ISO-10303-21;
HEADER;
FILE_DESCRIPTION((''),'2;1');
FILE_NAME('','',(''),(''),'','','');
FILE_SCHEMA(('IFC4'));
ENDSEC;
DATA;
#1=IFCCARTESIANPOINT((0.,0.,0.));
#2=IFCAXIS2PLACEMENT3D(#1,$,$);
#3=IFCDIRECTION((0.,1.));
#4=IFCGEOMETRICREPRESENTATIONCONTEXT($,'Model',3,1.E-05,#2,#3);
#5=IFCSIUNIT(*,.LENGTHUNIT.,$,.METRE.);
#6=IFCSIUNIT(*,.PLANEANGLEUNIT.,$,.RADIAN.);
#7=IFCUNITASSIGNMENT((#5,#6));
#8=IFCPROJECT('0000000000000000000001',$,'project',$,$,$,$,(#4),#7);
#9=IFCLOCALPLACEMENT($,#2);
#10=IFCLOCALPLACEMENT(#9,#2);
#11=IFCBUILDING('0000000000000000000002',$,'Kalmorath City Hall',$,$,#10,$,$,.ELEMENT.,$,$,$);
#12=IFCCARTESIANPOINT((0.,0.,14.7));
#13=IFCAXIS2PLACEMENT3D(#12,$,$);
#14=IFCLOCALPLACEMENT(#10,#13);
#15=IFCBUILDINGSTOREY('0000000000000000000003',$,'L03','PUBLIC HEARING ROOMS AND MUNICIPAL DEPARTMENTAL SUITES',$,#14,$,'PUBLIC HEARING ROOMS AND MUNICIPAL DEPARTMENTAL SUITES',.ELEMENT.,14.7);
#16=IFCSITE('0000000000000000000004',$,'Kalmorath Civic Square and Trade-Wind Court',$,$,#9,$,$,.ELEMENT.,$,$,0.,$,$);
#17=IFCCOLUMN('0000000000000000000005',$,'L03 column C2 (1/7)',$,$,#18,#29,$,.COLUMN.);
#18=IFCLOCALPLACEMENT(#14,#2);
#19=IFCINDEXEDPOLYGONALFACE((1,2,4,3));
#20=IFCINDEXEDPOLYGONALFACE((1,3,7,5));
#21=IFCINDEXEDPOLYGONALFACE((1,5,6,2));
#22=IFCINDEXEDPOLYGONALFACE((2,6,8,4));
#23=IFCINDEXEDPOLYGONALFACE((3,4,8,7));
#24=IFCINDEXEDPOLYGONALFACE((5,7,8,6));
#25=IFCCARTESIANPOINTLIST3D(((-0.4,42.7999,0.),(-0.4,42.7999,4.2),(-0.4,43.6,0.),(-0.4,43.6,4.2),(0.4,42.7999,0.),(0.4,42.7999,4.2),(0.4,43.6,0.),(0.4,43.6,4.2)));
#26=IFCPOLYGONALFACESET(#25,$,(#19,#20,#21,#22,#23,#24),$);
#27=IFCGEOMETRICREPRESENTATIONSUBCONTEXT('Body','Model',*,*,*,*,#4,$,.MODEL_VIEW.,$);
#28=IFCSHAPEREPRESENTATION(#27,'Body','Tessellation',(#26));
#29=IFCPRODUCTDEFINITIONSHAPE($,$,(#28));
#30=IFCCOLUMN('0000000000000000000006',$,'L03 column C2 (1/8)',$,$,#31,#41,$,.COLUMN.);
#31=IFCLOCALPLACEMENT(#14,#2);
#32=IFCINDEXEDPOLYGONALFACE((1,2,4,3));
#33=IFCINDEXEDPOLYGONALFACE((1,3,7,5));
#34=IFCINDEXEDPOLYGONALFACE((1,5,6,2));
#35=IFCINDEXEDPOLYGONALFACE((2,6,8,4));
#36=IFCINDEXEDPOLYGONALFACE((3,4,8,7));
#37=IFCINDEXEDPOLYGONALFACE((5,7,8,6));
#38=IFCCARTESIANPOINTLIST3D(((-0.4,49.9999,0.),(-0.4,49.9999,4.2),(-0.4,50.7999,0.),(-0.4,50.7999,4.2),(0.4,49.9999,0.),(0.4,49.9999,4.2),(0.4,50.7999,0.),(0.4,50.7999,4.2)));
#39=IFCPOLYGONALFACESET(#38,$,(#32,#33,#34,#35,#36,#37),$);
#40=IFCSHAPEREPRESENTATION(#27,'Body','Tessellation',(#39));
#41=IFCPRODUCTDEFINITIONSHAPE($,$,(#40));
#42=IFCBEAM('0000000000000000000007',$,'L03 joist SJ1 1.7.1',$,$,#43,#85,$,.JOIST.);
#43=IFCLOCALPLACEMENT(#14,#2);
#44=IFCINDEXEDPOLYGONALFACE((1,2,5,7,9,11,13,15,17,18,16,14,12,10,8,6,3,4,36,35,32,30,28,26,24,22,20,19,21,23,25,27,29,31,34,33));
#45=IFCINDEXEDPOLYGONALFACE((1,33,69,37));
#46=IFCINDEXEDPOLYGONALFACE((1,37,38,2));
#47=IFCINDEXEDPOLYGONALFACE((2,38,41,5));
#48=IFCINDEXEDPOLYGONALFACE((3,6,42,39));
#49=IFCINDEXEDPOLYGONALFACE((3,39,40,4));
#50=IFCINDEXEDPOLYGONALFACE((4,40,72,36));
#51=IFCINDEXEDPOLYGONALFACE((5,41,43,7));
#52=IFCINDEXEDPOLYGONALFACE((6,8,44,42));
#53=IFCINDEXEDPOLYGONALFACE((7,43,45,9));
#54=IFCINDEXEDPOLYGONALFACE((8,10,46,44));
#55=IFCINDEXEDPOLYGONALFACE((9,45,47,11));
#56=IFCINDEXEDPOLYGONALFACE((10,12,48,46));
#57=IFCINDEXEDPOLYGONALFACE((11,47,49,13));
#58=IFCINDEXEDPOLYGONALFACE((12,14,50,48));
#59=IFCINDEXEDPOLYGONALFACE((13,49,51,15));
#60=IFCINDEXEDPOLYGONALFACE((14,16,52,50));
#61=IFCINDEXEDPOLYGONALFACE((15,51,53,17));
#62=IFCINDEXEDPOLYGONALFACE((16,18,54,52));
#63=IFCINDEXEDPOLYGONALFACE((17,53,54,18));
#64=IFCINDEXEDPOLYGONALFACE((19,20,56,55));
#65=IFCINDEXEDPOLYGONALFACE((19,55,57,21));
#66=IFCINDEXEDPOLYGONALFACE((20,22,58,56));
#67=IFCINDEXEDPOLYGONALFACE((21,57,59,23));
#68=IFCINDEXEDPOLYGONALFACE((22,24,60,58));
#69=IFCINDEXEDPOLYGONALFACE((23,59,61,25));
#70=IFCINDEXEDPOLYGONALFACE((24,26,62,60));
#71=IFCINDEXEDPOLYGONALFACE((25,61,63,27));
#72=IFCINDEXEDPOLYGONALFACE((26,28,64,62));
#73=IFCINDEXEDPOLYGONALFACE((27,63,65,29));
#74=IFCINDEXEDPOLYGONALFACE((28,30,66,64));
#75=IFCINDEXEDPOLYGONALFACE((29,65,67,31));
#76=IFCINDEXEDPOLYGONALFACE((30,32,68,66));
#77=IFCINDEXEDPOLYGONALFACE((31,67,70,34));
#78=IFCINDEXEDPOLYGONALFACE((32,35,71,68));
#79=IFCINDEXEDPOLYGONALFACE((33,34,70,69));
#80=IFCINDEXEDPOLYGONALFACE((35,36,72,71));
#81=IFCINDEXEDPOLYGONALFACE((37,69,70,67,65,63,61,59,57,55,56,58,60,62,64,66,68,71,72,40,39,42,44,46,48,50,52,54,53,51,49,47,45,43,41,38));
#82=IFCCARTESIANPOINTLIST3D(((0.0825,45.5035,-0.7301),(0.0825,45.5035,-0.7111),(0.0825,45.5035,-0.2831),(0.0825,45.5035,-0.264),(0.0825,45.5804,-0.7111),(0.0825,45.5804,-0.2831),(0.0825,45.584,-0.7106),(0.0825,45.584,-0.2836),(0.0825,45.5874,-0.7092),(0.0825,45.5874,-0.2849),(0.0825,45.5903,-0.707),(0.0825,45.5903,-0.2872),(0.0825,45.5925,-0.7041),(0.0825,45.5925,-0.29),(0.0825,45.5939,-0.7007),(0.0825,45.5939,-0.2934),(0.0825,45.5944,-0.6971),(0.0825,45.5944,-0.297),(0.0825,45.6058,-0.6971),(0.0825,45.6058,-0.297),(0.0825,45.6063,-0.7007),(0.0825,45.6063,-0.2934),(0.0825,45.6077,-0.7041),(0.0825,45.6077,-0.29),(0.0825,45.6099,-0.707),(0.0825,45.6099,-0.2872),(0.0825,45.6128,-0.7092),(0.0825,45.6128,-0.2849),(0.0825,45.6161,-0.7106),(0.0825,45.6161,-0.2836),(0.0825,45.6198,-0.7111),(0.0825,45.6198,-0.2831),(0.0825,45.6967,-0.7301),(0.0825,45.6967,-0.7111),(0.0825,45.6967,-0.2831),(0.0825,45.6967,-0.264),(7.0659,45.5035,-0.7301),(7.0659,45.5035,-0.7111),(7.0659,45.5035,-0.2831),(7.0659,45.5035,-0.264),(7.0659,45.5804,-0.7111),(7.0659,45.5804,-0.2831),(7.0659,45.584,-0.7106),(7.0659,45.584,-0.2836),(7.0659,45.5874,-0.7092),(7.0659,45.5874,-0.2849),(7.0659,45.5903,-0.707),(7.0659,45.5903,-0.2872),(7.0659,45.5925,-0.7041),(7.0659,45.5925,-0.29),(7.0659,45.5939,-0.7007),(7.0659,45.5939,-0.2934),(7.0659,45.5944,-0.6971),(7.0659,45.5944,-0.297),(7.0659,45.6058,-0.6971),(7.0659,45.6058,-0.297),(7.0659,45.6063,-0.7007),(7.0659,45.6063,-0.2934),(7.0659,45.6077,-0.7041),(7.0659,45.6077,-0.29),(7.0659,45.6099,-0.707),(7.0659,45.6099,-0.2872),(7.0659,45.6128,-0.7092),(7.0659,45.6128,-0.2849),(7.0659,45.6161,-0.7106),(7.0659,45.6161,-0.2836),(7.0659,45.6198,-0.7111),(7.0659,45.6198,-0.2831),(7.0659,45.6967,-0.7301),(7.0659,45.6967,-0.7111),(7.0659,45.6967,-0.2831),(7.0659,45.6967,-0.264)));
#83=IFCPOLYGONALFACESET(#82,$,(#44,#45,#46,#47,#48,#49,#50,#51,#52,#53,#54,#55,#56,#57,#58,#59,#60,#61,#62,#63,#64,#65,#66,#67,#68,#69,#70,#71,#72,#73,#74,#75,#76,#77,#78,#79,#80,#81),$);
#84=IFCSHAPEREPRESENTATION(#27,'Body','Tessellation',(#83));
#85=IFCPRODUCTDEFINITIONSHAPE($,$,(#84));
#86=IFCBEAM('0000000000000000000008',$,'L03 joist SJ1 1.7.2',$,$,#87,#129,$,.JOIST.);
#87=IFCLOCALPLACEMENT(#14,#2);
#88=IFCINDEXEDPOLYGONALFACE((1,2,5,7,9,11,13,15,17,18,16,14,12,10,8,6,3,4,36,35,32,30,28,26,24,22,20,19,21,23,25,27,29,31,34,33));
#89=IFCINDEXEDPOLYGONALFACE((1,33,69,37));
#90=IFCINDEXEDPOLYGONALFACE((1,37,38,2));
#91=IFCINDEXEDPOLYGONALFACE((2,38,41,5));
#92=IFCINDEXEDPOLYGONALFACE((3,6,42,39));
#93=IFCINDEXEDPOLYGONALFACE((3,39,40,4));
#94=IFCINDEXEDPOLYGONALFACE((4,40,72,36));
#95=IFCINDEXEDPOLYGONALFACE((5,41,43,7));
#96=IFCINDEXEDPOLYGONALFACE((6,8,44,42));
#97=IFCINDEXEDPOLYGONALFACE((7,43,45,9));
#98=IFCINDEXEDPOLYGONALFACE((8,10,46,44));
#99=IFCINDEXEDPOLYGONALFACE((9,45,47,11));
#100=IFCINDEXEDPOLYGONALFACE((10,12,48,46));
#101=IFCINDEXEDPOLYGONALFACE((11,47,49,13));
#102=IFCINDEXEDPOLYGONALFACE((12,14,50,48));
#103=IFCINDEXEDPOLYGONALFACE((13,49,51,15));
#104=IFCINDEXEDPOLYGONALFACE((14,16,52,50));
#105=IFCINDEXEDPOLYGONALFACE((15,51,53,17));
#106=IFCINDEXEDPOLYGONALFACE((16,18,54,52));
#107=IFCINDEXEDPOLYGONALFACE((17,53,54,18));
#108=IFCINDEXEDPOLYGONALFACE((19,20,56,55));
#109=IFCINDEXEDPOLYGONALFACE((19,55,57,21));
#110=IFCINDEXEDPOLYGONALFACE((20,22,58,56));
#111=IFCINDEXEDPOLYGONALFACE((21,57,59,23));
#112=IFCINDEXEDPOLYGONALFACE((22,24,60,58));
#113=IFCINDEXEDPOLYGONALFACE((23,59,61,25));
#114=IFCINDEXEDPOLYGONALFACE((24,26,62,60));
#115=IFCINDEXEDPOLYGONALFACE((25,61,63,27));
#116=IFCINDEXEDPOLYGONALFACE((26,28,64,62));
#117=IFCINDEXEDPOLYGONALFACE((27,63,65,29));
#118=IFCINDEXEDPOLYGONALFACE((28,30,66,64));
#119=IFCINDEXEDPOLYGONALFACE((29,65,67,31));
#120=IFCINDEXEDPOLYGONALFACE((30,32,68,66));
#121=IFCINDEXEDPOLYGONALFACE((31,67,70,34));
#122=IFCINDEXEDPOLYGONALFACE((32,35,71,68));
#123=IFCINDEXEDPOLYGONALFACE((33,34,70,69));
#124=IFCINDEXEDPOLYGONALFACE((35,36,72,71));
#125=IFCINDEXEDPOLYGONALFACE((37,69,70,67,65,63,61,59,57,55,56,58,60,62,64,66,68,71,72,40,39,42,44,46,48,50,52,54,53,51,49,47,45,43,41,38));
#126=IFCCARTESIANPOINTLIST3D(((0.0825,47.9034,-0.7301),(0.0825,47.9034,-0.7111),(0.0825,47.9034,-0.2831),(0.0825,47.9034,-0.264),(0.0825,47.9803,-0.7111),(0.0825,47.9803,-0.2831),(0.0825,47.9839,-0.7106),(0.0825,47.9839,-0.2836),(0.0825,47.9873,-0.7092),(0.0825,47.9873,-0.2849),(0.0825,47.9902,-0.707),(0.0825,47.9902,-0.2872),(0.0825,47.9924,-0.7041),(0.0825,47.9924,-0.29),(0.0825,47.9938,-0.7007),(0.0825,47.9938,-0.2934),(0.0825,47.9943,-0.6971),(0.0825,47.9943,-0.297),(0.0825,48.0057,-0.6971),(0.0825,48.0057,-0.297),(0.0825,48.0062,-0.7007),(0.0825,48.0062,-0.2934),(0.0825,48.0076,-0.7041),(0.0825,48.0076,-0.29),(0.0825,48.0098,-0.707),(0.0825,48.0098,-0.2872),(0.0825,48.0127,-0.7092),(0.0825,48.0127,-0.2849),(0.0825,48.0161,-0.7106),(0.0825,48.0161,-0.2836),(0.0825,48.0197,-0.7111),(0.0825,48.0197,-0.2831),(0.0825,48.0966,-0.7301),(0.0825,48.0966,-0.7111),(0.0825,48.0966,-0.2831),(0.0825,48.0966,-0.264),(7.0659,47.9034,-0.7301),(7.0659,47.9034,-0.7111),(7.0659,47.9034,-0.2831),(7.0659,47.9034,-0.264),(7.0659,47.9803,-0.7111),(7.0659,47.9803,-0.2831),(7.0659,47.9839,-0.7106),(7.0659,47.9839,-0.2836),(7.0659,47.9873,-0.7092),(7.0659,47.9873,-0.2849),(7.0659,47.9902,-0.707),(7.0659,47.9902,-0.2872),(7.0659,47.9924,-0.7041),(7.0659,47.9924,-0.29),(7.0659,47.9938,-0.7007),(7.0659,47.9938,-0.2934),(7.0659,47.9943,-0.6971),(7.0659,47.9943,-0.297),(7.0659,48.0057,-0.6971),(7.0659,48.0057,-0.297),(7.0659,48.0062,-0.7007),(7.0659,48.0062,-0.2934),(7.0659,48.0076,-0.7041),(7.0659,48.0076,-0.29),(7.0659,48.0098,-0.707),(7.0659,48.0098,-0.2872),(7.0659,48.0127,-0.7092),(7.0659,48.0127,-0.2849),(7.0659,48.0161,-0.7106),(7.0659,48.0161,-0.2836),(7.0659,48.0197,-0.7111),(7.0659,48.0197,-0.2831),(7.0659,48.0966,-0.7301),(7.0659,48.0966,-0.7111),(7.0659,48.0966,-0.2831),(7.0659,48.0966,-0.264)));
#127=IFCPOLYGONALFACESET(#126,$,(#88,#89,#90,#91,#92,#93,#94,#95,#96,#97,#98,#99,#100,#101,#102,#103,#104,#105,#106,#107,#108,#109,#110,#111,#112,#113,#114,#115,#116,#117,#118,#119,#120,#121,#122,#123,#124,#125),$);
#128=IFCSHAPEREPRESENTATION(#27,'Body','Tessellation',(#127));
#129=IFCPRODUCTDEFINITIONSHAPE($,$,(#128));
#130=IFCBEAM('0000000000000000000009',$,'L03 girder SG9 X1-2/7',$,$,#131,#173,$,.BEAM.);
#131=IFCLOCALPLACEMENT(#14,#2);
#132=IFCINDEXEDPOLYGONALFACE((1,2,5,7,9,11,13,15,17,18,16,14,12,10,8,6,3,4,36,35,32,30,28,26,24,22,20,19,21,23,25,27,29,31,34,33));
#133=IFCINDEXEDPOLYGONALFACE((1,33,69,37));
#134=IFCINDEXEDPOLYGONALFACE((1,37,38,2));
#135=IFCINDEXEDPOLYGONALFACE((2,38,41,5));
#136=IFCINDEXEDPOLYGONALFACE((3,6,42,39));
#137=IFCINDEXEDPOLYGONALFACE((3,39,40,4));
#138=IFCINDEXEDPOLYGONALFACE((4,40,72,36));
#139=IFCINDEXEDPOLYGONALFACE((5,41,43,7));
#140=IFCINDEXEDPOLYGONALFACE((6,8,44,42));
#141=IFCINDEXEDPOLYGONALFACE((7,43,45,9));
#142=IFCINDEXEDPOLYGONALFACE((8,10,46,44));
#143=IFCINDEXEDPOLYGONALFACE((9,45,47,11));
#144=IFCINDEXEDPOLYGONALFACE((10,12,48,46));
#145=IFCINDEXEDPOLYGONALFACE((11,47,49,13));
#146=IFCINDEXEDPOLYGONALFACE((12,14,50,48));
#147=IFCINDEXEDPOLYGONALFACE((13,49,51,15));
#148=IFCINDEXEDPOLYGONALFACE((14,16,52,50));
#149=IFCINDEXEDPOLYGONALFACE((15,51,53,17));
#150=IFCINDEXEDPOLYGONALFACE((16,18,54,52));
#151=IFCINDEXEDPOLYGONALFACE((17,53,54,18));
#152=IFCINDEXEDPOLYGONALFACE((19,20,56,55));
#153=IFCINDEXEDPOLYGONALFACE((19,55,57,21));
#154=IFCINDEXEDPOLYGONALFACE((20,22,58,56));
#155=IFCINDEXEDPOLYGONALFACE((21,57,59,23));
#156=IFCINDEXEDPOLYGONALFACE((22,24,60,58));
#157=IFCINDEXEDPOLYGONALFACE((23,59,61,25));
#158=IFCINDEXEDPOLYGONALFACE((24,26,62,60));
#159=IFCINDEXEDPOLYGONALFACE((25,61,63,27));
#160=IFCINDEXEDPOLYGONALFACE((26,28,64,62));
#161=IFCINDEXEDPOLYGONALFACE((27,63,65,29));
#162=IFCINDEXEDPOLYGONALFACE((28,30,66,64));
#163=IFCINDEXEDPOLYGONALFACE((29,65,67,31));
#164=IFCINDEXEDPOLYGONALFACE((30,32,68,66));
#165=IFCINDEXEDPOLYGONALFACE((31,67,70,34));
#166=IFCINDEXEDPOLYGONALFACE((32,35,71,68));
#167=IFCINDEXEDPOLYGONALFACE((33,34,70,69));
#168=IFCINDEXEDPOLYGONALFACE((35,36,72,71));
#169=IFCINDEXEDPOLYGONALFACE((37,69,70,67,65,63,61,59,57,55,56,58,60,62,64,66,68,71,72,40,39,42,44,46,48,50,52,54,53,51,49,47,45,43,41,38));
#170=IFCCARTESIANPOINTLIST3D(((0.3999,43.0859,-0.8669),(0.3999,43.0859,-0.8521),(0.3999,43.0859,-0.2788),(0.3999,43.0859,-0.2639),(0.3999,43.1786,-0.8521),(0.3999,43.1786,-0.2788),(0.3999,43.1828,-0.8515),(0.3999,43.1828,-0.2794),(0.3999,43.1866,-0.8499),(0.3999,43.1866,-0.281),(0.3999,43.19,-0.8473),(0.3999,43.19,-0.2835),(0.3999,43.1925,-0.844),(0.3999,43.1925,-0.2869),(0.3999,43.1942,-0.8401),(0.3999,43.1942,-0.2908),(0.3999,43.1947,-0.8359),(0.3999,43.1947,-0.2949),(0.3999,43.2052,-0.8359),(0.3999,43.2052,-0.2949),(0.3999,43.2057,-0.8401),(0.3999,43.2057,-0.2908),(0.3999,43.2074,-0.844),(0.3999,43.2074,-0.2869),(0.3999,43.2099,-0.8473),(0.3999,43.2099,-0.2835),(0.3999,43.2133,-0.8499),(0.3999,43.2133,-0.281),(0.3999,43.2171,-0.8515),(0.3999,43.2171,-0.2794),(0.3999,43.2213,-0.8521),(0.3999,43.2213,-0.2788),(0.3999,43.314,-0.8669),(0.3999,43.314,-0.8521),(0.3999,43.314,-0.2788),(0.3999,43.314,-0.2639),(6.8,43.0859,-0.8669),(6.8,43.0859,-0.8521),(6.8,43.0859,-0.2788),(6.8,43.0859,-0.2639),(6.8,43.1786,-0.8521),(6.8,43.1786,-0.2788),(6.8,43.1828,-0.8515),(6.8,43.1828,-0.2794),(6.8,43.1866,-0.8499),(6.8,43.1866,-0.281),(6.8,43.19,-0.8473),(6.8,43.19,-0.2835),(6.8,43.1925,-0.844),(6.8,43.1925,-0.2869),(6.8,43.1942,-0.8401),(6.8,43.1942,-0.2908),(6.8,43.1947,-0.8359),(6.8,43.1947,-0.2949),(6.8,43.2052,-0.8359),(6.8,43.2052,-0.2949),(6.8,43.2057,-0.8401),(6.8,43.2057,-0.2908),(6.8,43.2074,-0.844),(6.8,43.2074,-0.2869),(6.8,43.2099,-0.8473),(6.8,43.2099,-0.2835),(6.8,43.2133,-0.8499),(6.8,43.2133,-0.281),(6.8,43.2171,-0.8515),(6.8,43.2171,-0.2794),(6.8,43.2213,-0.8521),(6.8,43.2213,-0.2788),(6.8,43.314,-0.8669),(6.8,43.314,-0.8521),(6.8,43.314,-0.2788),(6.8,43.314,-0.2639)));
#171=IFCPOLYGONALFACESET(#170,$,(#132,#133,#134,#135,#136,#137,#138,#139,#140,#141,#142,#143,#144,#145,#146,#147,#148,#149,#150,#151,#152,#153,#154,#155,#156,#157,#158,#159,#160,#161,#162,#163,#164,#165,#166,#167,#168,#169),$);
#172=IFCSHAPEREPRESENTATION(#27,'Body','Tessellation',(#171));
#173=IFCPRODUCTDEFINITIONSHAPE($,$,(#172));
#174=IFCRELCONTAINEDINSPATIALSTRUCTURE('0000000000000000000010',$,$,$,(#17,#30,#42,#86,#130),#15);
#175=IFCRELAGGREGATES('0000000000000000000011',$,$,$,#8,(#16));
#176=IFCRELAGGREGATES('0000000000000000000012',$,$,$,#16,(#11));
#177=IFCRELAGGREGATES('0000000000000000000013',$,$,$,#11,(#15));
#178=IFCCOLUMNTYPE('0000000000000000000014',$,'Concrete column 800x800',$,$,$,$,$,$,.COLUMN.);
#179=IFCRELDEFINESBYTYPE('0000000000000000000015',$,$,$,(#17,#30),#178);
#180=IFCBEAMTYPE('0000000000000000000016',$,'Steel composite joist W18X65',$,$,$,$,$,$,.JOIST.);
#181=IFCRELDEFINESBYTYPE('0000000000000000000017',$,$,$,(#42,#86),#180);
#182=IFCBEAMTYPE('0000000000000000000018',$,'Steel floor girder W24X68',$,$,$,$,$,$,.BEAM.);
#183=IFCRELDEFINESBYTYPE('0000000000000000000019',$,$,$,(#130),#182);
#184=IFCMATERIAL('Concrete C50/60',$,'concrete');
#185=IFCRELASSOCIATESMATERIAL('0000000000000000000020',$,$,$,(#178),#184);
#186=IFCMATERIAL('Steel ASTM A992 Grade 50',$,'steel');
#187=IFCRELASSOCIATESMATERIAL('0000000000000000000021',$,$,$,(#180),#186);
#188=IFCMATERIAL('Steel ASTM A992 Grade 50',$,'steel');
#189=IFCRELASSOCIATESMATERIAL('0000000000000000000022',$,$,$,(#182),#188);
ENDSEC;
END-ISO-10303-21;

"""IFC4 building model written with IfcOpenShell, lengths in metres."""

from ifc_helpers import new_model, si_unit, direction, frame, origin, origin_2d, place, context, subcontext, project, spatial, rectangle, i_section, extrude, material, material_profile, profile_set, type_object, element, save


model = new_model("IFC4")

# Units and contexts
model_context = context("Model", 3, precision=1e-05, world=origin(), true_north=direction((0.0, 1.0)))
body_context = subcontext(model_context, "Body", "Model", "MODEL_VIEW")
ifc_project = project(units=[si_unit("LENGTHUNIT", "METRE"), si_unit("PLANEANGLEUNIT", "RADIAN")], contexts=[model_context])

# Site, building, storey
site_placement = place(None, origin())
site = spatial("IfcSite", under=ifc_project, at=site_placement, Name="Kalmorath Civic Square and Trade-Wind Court", CompositionType="ELEMENT", RefElevation=0.0)
building_placement = place(site_placement, origin())
building = spatial("IfcBuilding", under=site, at=building_placement, Name="Kalmorath City Hall", CompositionType="ELEMENT")
storey_placement = place(building_placement, frame((0.0, 0.0, 14.7)))
storey = spatial("IfcBuildingStorey", under=building, at=storey_placement, Name="L03", Description="PUBLIC HEARING ROOMS AND MUNICIPAL DEPARTMENTAL SUITES", LongName="PUBLIC HEARING ROOMS AND MUNICIPAL DEPARTMENTAL SUITES", CompositionType="ELEMENT", Elevation=14.7)

# Columns
ifc_material_1 = material(Name="Concrete C50/60", Category="concrete")
ifc_material_profile_1 = material_profile(ifc_material_1, rectangle(XDim=0.8, YDim=0.8, at=origin_2d()), Name="RC-COL-800X800")
ifc_profile_set_1 = profile_set([ifc_material_profile_1], Name="Concrete C50/60")
column_type = type_object("IfcColumnType", Name="Concrete column 800x800", PredefinedType="COLUMN", material=ifc_profile_set_1)
for number, where, z_axis, x_axis, name in (
    (1, (0.0, 43.2, 0.0), (0.0, 0.0, 1.0), (1.0, 0.0, 0.0), "L03 column C2 (1/7)"),
    (2, (0.0, 50.3999, 0.0), (0.0, 0.0, 1.0), (1.0, 0.0, 0.0), "L03 column C2 (1/8)"),
):
    element("IfcColumn", number, at=place(storey_placement, frame(where, z_axis=z_axis, x_axis=x_axis)), inside=storey, type_object=column_type, Name=name, PredefinedType="COLUMN", context=body_context, shape_type="SweptSolid", body=[
        extrude(rectangle(XDim=0.8, YDim=0.8, at=origin_2d()), origin(), (0.0, 0.0, 1.0), 4.2),
    ])

# Beams
ifc_material_2 = material(Name="Steel ASTM A992 Grade 50", Category="steel")
ifc_material_profile_2 = material_profile(ifc_material_2, i_section(OverallWidth=0.1931, OverallDepth=0.4661, WebThickness=0.0115, FlangeThickness=0.019, FilletRadius=0.0139, at=origin_2d()), Name="W18X65")
ifc_profile_set_2 = profile_set([ifc_material_profile_2], Name="Steel ASTM A992 Grade 50")
beam_type_1 = type_object("IfcBeamType", Name="Steel composite joist W18X65", PredefinedType="JOIST", material=ifc_profile_set_2)
for number, where, z_axis, x_axis, name in (
    (3, (0.0825, 45.6001, -0.4971), (1.0, 0.0, 0.0), (0.0, 1.0, 0.0), "L03 joist SJ1 1.7.1"),
    (4, (0.0825, 48.0, -0.4971), (1.0, 0.0, 0.0), (0.0, 1.0, 0.0), "L03 joist SJ1 1.7.2"),
):
    element("IfcBeam", number, at=place(storey_placement, frame(where, z_axis=z_axis, x_axis=x_axis)), inside=storey, type_object=beam_type_1, Name=name, PredefinedType="JOIST", context=body_context, shape_type="SweptSolid", body=[
        extrude(i_section(OverallWidth=0.1931, OverallDepth=0.4661, WebThickness=0.0115, FlangeThickness=0.019, FilletRadius=0.0139, at=origin_2d()), origin(), (0.0, 0.0, 1.0), 6.9834),
    ])
ifc_material_3 = material(Name="Steel ASTM A992 Grade 50", Category="steel")
ifc_material_profile_3 = material_profile(ifc_material_3, i_section(OverallWidth=0.228, OverallDepth=0.603, WebThickness=0.0105, FlangeThickness=0.0149, FilletRadius=0.0161, at=origin_2d()), Name="W24X68")
ifc_profile_set_3 = profile_set([ifc_material_profile_3], Name="Steel ASTM A992 Grade 50")
beam_type_2 = type_object("IfcBeamType", Name="Steel floor girder W24X68", PredefinedType="BEAM", material=ifc_profile_set_3)
for number, where, z_axis, x_axis, name in (
    (5, (0.3999, 43.2, -0.5654), (1.0, 0.0, 0.0), (0.0, 1.0, 0.0), "L03 girder SG9 X1-2/7"),
):
    element("IfcBeam", number, at=place(storey_placement, frame(where, z_axis=z_axis, x_axis=x_axis)), inside=storey, type_object=beam_type_2, Name=name, PredefinedType="BEAM", context=body_context, shape_type="SweptSolid", body=[
        extrude(i_section(OverallWidth=0.228, OverallDepth=0.603, WebThickness=0.0105, FlangeThickness=0.0149, FilletRadius=0.0161, at=origin_2d()), origin(), (0.0, 0.0, 1.0), 6.4001),
    ])

save(model, "model.ifc")
